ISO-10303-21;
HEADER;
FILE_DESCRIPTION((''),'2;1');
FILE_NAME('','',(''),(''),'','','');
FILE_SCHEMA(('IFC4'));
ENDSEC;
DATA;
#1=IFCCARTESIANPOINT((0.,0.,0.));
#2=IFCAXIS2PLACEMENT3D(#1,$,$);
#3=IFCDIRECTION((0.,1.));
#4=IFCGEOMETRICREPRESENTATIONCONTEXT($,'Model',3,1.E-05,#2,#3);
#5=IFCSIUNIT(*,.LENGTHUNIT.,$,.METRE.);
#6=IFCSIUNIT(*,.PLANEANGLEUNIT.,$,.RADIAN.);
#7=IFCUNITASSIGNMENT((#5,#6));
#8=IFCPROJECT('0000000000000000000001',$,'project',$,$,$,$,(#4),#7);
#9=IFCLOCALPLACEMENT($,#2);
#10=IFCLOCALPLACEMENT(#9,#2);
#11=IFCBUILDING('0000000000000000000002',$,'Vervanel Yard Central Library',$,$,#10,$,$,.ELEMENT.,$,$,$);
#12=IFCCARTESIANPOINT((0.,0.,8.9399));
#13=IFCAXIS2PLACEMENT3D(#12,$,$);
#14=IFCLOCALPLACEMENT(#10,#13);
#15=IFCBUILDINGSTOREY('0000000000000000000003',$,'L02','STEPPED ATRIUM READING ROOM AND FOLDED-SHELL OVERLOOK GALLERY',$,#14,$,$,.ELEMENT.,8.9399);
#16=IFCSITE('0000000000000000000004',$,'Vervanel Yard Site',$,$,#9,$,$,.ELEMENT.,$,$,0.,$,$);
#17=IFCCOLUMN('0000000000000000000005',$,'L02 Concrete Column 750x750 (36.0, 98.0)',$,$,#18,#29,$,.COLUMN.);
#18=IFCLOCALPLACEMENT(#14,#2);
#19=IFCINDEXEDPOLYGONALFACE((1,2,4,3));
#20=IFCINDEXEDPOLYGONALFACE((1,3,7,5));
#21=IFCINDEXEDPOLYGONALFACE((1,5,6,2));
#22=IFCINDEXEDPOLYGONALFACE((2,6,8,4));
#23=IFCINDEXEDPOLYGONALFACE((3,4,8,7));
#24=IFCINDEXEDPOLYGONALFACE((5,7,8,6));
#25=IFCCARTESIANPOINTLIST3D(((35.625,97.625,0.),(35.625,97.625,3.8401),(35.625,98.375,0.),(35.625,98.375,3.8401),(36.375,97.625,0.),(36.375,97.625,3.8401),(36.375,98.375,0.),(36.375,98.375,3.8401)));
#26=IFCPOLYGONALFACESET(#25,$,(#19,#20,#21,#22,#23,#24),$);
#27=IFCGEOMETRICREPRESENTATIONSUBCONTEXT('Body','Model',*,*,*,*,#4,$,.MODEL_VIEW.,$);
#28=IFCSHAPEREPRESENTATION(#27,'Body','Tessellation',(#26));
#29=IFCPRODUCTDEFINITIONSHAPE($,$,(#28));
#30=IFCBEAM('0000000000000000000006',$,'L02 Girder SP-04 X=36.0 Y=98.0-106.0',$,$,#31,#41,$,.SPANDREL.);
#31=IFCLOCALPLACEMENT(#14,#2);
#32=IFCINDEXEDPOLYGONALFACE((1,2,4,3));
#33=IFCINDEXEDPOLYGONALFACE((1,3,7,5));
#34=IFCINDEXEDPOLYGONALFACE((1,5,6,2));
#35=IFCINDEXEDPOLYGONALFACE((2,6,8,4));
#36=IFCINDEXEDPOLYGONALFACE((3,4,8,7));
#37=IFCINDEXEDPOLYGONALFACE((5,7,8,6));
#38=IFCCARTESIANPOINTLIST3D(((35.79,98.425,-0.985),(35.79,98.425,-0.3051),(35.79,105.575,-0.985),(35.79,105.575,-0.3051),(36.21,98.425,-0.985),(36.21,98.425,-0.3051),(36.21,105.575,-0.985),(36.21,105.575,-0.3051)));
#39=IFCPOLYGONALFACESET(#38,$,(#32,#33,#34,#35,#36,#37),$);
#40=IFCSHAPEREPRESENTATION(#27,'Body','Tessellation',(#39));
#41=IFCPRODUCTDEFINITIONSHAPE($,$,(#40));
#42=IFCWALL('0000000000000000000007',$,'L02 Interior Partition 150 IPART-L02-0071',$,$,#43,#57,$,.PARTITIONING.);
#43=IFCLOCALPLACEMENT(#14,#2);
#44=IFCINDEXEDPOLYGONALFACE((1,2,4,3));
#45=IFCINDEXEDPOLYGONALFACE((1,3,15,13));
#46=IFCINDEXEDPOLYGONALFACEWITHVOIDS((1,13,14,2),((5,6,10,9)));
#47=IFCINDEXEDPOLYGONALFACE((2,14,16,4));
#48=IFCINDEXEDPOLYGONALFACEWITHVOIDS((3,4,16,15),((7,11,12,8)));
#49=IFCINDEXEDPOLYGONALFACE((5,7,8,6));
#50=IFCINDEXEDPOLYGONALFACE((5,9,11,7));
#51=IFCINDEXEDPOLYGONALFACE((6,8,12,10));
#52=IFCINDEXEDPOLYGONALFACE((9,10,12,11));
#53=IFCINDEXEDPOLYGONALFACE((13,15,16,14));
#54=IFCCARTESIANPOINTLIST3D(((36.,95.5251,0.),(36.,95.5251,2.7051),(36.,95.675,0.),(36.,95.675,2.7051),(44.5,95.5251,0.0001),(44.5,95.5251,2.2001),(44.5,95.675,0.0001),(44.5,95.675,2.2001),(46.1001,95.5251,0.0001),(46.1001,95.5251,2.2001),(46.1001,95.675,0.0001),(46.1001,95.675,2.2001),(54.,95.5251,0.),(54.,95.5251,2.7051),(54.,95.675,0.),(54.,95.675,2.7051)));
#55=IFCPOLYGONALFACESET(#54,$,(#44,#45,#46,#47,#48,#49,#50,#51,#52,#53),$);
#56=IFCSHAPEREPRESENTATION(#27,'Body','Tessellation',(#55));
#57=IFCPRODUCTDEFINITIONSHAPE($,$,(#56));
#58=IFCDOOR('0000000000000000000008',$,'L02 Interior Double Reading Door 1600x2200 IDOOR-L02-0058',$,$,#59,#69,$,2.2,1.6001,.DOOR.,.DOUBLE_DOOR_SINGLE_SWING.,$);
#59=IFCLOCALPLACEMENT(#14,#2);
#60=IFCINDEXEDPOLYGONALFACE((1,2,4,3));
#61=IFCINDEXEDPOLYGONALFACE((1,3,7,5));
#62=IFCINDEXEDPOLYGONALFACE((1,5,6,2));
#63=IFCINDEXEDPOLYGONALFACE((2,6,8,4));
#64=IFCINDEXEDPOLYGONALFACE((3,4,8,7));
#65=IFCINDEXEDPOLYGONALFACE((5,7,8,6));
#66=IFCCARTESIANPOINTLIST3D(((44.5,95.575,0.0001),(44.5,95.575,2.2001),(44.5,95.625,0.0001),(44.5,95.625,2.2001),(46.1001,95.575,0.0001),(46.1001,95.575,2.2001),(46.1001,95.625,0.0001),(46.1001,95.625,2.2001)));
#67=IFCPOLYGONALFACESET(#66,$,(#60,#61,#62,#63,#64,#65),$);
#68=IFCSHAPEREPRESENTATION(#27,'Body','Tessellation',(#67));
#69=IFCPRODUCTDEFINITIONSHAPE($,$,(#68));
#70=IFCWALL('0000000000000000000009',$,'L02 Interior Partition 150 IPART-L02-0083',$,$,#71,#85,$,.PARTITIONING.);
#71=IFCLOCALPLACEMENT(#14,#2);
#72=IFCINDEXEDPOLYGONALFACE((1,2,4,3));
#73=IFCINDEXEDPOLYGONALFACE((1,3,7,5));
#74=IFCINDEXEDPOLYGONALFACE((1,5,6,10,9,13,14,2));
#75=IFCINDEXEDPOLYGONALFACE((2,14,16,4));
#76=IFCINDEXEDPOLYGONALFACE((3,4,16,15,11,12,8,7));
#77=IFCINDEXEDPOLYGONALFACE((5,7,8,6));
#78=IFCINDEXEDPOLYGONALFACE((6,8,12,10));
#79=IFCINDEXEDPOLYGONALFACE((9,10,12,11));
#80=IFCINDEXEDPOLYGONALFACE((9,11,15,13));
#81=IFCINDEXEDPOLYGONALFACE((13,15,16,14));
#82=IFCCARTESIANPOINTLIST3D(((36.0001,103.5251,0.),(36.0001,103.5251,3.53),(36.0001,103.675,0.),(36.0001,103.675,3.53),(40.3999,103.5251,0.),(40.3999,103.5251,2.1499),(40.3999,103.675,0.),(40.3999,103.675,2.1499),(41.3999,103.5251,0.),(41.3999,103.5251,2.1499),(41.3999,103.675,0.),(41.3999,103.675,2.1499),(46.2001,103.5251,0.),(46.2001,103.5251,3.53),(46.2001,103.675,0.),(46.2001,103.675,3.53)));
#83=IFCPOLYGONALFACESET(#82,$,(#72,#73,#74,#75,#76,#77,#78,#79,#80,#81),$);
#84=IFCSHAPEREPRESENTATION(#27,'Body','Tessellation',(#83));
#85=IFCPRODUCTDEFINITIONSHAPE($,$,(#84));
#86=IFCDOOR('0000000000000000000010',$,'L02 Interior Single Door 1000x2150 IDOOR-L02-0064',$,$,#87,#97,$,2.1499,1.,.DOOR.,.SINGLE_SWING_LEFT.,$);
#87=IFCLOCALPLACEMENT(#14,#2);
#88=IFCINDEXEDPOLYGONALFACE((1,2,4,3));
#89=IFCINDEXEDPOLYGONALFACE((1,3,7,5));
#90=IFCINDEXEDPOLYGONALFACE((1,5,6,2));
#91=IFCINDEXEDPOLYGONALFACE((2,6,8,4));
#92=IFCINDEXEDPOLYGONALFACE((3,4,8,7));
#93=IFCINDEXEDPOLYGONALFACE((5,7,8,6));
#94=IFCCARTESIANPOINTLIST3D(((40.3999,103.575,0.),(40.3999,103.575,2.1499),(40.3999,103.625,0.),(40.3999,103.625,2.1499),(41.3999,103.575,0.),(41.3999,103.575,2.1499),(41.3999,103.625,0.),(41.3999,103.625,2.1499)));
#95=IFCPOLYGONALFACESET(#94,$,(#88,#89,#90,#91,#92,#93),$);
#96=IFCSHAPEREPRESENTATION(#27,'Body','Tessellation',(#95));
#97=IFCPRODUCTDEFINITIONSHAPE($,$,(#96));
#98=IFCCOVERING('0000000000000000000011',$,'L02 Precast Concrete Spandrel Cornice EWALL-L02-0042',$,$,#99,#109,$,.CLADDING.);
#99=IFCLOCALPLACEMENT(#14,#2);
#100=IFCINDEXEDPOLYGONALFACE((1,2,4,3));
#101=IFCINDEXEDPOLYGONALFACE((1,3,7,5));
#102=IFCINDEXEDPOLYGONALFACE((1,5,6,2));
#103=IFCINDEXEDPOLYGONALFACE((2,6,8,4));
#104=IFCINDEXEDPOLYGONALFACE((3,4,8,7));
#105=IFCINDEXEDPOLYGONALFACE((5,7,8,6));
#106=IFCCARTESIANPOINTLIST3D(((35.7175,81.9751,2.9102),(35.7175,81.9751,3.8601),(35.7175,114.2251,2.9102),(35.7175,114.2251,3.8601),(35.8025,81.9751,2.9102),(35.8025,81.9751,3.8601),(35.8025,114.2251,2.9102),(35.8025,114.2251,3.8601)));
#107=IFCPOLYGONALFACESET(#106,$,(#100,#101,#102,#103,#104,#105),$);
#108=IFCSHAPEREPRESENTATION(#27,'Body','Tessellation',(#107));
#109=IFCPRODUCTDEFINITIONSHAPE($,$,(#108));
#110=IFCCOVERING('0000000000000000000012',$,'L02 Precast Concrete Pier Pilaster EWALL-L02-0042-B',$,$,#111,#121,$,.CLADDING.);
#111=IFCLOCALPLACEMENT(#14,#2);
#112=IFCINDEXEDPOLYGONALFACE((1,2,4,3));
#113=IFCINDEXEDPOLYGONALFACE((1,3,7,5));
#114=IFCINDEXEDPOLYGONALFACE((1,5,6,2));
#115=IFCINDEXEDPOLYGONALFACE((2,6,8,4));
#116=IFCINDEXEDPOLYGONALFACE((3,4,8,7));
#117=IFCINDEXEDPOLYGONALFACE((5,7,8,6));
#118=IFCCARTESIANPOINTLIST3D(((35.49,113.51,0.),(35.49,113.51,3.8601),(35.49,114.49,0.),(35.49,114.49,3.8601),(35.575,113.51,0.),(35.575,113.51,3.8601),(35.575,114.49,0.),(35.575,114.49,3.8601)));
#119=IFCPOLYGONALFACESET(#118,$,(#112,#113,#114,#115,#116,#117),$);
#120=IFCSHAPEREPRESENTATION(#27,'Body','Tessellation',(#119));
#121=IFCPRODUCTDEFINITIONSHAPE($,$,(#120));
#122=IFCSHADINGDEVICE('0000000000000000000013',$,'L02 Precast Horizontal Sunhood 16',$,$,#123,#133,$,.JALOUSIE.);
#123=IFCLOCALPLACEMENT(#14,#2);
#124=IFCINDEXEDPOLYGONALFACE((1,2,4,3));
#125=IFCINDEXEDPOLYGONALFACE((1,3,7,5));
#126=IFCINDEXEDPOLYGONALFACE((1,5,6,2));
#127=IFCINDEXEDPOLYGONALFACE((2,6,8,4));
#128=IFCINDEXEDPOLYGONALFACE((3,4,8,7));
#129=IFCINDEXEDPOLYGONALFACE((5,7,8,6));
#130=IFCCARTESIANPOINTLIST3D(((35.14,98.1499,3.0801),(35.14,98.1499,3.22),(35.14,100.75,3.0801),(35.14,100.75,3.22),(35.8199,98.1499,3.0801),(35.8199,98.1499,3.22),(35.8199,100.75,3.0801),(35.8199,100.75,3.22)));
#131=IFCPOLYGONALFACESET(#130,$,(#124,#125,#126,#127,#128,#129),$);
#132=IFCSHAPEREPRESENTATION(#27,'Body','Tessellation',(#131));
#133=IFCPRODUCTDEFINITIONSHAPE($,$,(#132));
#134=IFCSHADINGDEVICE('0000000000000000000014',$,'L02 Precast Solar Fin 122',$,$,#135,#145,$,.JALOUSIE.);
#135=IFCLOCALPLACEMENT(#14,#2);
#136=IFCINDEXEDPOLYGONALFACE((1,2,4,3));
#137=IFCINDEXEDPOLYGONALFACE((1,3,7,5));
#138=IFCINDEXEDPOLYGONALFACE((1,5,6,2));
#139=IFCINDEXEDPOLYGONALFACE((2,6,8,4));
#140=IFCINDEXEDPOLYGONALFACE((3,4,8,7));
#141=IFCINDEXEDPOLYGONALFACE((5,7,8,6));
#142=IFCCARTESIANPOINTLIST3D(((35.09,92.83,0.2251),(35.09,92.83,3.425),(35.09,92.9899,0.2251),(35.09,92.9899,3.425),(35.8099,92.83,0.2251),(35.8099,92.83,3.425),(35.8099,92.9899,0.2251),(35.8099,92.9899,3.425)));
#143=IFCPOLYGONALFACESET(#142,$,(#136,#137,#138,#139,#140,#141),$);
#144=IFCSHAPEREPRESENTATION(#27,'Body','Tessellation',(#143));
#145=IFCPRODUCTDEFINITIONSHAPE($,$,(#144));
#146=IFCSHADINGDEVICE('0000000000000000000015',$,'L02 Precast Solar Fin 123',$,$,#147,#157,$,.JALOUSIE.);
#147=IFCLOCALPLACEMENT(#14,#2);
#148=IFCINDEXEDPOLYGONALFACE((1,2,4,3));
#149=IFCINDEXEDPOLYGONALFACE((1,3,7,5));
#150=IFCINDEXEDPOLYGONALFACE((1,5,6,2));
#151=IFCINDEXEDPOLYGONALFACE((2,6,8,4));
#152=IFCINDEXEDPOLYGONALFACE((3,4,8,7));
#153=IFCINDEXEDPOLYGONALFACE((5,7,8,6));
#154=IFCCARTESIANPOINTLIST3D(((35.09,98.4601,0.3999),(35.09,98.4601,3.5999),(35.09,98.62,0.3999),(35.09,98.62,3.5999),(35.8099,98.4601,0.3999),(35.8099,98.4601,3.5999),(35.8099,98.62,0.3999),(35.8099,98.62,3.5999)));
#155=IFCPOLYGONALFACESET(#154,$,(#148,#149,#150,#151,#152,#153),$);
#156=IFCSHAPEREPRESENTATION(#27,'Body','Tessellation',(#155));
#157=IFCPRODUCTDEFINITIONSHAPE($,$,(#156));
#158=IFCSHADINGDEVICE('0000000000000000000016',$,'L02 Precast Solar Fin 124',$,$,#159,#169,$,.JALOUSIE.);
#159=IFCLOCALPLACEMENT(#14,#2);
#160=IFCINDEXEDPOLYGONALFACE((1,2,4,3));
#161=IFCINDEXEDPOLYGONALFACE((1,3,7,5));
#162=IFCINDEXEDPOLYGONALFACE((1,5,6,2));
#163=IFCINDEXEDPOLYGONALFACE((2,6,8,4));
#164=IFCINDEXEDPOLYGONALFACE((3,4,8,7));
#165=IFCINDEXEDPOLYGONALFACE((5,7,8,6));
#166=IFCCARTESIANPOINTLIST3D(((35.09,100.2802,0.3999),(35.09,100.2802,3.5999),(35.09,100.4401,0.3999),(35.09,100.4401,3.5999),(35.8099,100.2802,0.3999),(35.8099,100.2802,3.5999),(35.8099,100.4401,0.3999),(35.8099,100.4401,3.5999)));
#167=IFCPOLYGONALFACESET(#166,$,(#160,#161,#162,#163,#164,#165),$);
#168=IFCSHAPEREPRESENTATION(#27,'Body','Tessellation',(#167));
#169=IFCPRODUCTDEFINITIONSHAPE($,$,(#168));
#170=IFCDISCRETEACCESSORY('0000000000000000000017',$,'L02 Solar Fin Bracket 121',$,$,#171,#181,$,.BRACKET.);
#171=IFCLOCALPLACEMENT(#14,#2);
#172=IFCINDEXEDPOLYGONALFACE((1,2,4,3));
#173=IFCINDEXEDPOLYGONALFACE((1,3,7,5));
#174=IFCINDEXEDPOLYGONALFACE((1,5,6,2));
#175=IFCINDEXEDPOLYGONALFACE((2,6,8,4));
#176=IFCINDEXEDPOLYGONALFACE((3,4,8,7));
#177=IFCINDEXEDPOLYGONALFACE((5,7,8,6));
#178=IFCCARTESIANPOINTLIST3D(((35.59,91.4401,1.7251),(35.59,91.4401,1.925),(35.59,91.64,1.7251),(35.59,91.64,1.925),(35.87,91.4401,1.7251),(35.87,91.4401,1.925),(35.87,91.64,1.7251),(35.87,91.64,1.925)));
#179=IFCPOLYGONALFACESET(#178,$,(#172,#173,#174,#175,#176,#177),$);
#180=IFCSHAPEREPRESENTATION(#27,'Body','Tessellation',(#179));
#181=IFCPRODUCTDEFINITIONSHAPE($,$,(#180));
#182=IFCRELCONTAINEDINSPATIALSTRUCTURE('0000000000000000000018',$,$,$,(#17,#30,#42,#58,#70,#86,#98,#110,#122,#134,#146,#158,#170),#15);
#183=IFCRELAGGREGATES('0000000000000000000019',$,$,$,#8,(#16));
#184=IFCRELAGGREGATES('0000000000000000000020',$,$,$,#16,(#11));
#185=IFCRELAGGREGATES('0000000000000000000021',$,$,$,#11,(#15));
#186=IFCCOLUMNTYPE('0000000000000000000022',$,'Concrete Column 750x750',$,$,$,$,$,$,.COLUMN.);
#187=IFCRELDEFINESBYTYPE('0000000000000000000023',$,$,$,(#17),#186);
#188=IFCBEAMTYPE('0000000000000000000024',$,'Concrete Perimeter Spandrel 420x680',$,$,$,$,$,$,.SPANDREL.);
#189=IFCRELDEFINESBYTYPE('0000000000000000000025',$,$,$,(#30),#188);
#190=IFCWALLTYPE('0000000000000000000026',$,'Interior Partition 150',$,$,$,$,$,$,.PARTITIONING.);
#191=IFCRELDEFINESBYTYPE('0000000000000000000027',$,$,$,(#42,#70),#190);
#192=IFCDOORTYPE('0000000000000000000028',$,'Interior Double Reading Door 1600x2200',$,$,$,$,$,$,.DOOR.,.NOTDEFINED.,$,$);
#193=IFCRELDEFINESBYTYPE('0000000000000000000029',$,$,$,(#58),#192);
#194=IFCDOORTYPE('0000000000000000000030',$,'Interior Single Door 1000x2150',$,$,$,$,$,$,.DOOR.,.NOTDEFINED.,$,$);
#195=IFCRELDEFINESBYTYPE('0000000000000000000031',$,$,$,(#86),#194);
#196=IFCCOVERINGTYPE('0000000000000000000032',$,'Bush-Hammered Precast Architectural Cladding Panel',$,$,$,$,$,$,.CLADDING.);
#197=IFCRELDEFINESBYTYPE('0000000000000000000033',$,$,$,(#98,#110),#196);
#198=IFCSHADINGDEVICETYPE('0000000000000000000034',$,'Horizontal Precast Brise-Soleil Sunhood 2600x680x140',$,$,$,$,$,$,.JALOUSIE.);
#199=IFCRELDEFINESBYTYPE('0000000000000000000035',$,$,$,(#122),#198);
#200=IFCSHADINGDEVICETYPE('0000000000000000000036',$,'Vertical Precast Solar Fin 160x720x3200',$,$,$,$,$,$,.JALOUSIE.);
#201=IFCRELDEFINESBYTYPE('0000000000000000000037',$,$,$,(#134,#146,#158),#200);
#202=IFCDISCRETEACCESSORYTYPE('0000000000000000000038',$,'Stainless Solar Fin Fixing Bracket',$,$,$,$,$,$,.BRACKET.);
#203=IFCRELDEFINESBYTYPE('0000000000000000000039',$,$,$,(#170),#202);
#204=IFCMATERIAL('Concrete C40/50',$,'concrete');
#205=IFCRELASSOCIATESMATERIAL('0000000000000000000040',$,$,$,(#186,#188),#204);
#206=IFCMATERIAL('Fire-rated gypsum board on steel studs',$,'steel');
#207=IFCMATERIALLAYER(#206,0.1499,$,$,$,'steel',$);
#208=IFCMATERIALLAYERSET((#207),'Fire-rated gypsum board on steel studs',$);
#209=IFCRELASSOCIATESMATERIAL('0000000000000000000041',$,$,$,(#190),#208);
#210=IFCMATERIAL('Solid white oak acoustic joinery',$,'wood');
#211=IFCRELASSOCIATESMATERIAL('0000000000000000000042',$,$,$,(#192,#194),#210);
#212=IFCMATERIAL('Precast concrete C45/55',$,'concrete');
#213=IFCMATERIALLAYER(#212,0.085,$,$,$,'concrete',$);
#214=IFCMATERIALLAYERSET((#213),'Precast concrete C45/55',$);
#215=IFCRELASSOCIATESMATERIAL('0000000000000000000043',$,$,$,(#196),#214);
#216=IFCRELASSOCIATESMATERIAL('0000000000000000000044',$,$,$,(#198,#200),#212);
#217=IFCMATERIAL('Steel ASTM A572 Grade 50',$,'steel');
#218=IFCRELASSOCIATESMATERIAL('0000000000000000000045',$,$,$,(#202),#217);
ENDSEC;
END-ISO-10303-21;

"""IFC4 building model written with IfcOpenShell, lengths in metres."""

from ifc_helpers import new_model, si_unit, direction, frame, frame_2d, origin, origin_2d, place, context, subcontext, project, spatial, rectangle, extrude, material, layer, layer_set, material_profile, profile_set, type_object, element, fill, save


model = new_model("IFC4")

# Units and contexts
model_context = context("Model", 3, precision=1e-05, world=origin(), true_north=direction((0.0, 1.0)))
body_context = subcontext(model_context, "Body", "Model", "MODEL_VIEW")
ifc_project = project(units=[si_unit("LENGTHUNIT", "METRE"), si_unit("PLANEANGLEUNIT", "RADIAN")], contexts=[model_context])

# Site, building, storey
site_placement = place(None, origin())
site = spatial("IfcSite", under=ifc_project, at=site_placement, Name="Vervanel Yard Site", CompositionType="ELEMENT", RefElevation=0.0)
building_placement = place(site_placement, origin())
building = spatial("IfcBuilding", under=site, at=building_placement, Name="Vervanel Yard Central Library", CompositionType="ELEMENT")
storey_placement = place(building_placement, frame((0.0, 0.0, 8.9399)))
storey = spatial("IfcBuildingStorey", under=building, at=storey_placement, Name="L02", Description="STEPPED ATRIUM READING ROOM AND FOLDED-SHELL OVERLOOK GALLERY", CompositionType="ELEMENT", Elevation=8.9399)

# Column
ifc_material_1 = material(Name="Concrete C40/50", Category="concrete")
ifc_material_profile_1 = material_profile(ifc_material_1, rectangle(XDim=0.75, YDim=0.75, at=origin_2d()), Name="RC 750x750", Category="concrete")
ifc_profile_set_1 = profile_set([ifc_material_profile_1], Name="Concrete C40/50")
column_type = type_object("IfcColumnType", Name="Concrete Column 750x750", PredefinedType="COLUMN", material=ifc_profile_set_1)
column_placement = place(storey_placement, frame((36.0, 98.0, 0.0), z_axis=(0.0, 0.0, 1.0), x_axis=(1.0, 0.0, 0.0)))
element("IfcColumn", 1, at=column_placement, inside=storey, type_object=column_type, Name="L02 Concrete Column 750x750 (36.0, 98.0)", PredefinedType="COLUMN", context=body_context, shape_type="SweptSolid", body=[
    extrude(rectangle(XDim=0.75, YDim=0.75, at=origin_2d()), origin(), (0.0, 0.0, 1.0), 3.8401),
])

# Beam
ifc_material_profile_2 = material_profile(ifc_material_1, rectangle(XDim=0.4199, YDim=0.6799, at=origin_2d()), Name="RC 420x680", Category="concrete")
ifc_profile_set_2 = profile_set([ifc_material_profile_2], Name="Concrete C40/50")
beam_type = type_object("IfcBeamType", Name="Concrete Perimeter Spandrel 420x680", PredefinedType="SPANDREL", material=ifc_profile_set_2)
beam_placement = place(storey_placement, frame((36.0, 98.425, -0.645), z_axis=(0.0, 1.0, 0.0), x_axis=(-1.0, 0.0, 0.0)))
element("IfcBeam", 2, at=beam_placement, inside=storey, type_object=beam_type, Name="L02 Girder SP-04 X=36.0 Y=98.0-106.0", PredefinedType="SPANDREL", context=body_context, shape_type="SweptSolid", body=[
    extrude(rectangle(XDim=0.4199, YDim=0.6799, at=origin_2d()), origin(), (0.0, 0.0, 1.0), 7.1499),
])

# Walls, openings, doors
ifc_material_2 = material(Name="Fire-rated gypsum board on steel studs", Category="steel")
ifc_layer_1 = layer(ifc_material_2, 0.1499, Category="steel")
ifc_layer_set_1 = layer_set([ifc_layer_1], Name="Fire-rated gypsum board on steel studs")
wall_type = type_object("IfcWallType", Name="Interior Partition 150", PredefinedType="PARTITIONING", material=ifc_layer_set_1)
wall_1_placement = place(storey_placement, frame((36.0, 95.6001, 0.0), z_axis=(0.0, 0.0, 1.0), x_axis=(1.0, 0.0, 0.0)))
wall_1 = element("IfcWall", 3, at=wall_1_placement, inside=storey, type_object=wall_type, Name="L02 Interior Partition 150 IPART-L02-0071", PredefinedType="PARTITIONING", context=body_context, shape_type="SweptSolid", body=[
    extrude(rectangle(XDim=18.0, YDim=0.1499, at=frame_2d((9.0, 0.0))), origin(), (0.0, 0.0, 1.0), 2.7051),
])
opening_1_placement = place(wall_1_placement, frame((8.5, 0.0, 0.0)))
opening_1 = element("IfcOpeningElement", 4, at=opening_1_placement, cuts=wall_1, PredefinedType="OPENING", context=body_context, shape_type="SweptSolid", body=[
    extrude(rectangle(XDim=1.6001, YDim=2.2, at=frame_2d((0.8, 1.1001))), frame((0.0, 0.085, 0.0), z_axis=(0.0, -1.0, 0.0), x_axis=(1.0, 0.0, 0.0)), (0.0, 0.0, 1.0), 0.1699),
])
ifc_material_3 = material(Name="Solid white oak acoustic joinery", Category="wood")
door_type_1 = type_object("IfcDoorType", Name="Interior Double Reading Door 1600x2200", OperationType="NOTDEFINED", PredefinedType="DOOR", material=ifc_material_3)
door_1_placement = place(opening_1_placement, origin())
door_1 = element("IfcDoor", 5, at=door_1_placement, inside=storey, type_object=door_type_1, Name="L02 Interior Double Reading Door 1600x2200 IDOOR-L02-0058", OperationType="DOUBLE_DOOR_SINGLE_SWING", OverallHeight=2.2, OverallWidth=1.6001, PredefinedType="DOOR", context=body_context, shape_type="SweptSolid", body=[
    extrude(rectangle(XDim=1.6001, YDim=2.2, at=frame_2d((0.8, 1.1001))), frame((0.0, 0.0249, 0.0), z_axis=(0.0, -1.0, 0.0), x_axis=(1.0, 0.0, 0.0)), (0.0, 0.0, 1.0), 0.05),
])
fill(opening_1, door_1)
wall_2_placement = place(storey_placement, frame((36.0, 103.6001, 0.0), z_axis=(0.0, 0.0, 1.0), x_axis=(1.0, 0.0, 0.0)))
wall_2 = element("IfcWall", 6, at=wall_2_placement, inside=storey, type_object=wall_type, Name="L02 Interior Partition 150 IPART-L02-0083", PredefinedType="PARTITIONING", context=body_context, shape_type="SweptSolid", body=[
    extrude(rectangle(XDim=10.2, YDim=0.1499, at=frame_2d((5.1001, 0.0))), origin(), (0.0, 0.0, 1.0), 3.53),
])
opening_2_placement = place(wall_2_placement, frame((4.3999, 0.0, 0.0)))
opening_2 = element("IfcOpeningElement", 7, at=opening_2_placement, cuts=wall_2, PredefinedType="OPENING", context=body_context, shape_type="SweptSolid", body=[
    extrude(rectangle(XDim=1.0, YDim=2.1499, at=frame_2d((0.5, 1.075))), frame((0.0, 0.085, 0.0), z_axis=(0.0, -1.0, 0.0), x_axis=(1.0, 0.0, 0.0)), (0.0, 0.0, 1.0), 0.1699),
])
door_type_2 = type_object("IfcDoorType", Name="Interior Single Door 1000x2150", OperationType="NOTDEFINED", PredefinedType="DOOR", material=ifc_material_3)
door_2_placement = place(opening_2_placement, origin())
door_2 = element("IfcDoor", 8, at=door_2_placement, inside=storey, type_object=door_type_2, Name="L02 Interior Single Door 1000x2150 IDOOR-L02-0064", OperationType="SINGLE_SWING_LEFT", OverallHeight=2.1499, OverallWidth=1.0, PredefinedType="DOOR", context=body_context, shape_type="SweptSolid", body=[
    extrude(rectangle(XDim=1.0, YDim=2.1499, at=frame_2d((0.5, 1.075))), frame((0.0, 0.0249, 0.0), z_axis=(0.0, -1.0, 0.0), x_axis=(1.0, 0.0, 0.0)), (0.0, 0.0, 1.0), 0.05),
])
fill(opening_2, door_2)

# Coverings
ifc_material_4 = material(Name="Precast concrete C45/55", Category="concrete")
ifc_layer_2 = layer(ifc_material_4, 0.085, Category="concrete")
ifc_layer_set_2 = layer_set([ifc_layer_2], Name="Precast concrete C45/55")
covering_type = type_object("IfcCoveringType", Name="Bush-Hammered Precast Architectural Cladding Panel", PredefinedType="CLADDING", material=ifc_layer_set_2)
covering_1_placement = place(storey_placement, frame((35.76, 98.1001, 2.9102), z_axis=(0.0, 0.0, 1.0), x_axis=(0.0, 1.0, 0.0)))
element("IfcCovering", 9, at=covering_1_placement, inside=storey, type_object=covering_type, Name="L02 Precast Concrete Spandrel Cornice EWALL-L02-0042", PredefinedType="CLADDING", context=body_context, shape_type="SweptSolid", body=[
    extrude(rectangle(XDim=32.25, YDim=0.085, at=origin_2d()), origin(), (0.0, 0.0, 1.0), 0.95),
])
covering_2_placement = place(storey_placement, frame((35.5325, 114.0, 0.0), z_axis=(0.0, 0.0, 1.0), x_axis=(0.0, 1.0, 0.0)))
element("IfcCovering", 10, at=covering_2_placement, inside=storey, type_object=covering_type, Name="L02 Precast Concrete Pier Pilaster EWALL-L02-0042-B", PredefinedType="CLADDING", context=body_context, shape_type="SweptSolid", body=[
    extrude(rectangle(XDim=0.98, YDim=0.085, at=origin_2d()), origin(), (0.0, 0.0, 1.0), 3.8601),
])

# Shading devices
shading_device_type_1 = type_object("IfcShadingDeviceType", Name="Horizontal Precast Brise-Soleil Sunhood 2600x680x140", PredefinedType="JALOUSIE", material=ifc_material_4)
shading_device_placement = place(storey_placement, frame((35.48, 99.45, 3.0801), z_axis=(0.0, 0.0, 1.0), x_axis=(0.0, 1.0, 0.0)))
element("IfcShadingDevice", 11, at=shading_device_placement, inside=storey, type_object=shading_device_type_1, Name="L02 Precast Horizontal Sunhood 16", PredefinedType="JALOUSIE", context=body_context, shape_type="SweptSolid", body=[
    extrude(rectangle(XDim=2.6001, YDim=0.6799, at=origin_2d()), origin(), (0.0, 0.0, 1.0), 0.1399),
])
shading_device_type_2 = type_object("IfcShadingDeviceType", Name="Vertical Precast Solar Fin 160x720x3200", PredefinedType="JALOUSIE", material=ifc_material_4)
for number, where, z_axis, x_axis, name in (
    (12, (35.45, 92.9099, 0.2251), (0.0, 0.0, 1.0), (0.0, 1.0, 0.0), "L02 Precast Solar Fin 122"),
    (13, (35.45, 98.54, 0.3999), (0.0, 0.0, 1.0), (0.0, 1.0, 0.0), "L02 Precast Solar Fin 123"),
    (14, (35.45, 100.3601, 0.3999), (0.0, 0.0, 1.0), (0.0, 1.0, 0.0), "L02 Precast Solar Fin 124"),
):
    element("IfcShadingDevice", number, at=place(storey_placement, frame(where, z_axis=z_axis, x_axis=x_axis)), inside=storey, type_object=shading_device_type_2, Name=name, PredefinedType="JALOUSIE", context=body_context, shape_type="SweptSolid", body=[
        extrude(rectangle(XDim=0.1599, YDim=0.72, at=origin_2d()), origin(), (0.0, 0.0, 1.0), 3.2),
    ])

# Discrete accessory
ifc_material_5 = material(Name="Steel ASTM A572 Grade 50", Category="steel")
discrete_accessory_type = type_object("IfcDiscreteAccessoryType", Name="Stainless Solar Fin Fixing Bracket", PredefinedType="BRACKET", material=ifc_material_5)
for number, where, z_axis, x_axis, name in (
    (15, (35.73, 91.54, 1.7251), (0.0, 0.0, 1.0), (0.0, 1.0, 0.0), "L02 Solar Fin Bracket 121"),
):
    element("IfcDiscreteAccessory", number, at=place(storey_placement, frame(where, z_axis=z_axis, x_axis=x_axis)), inside=storey, type_object=discrete_accessory_type, Name=name, PredefinedType="BRACKET", context=body_context, shape_type="SweptSolid", body=[
        extrude(rectangle(XDim=0.2, YDim=0.28, at=origin_2d()), origin(), (0.0, 0.0, 1.0), 0.2),
    ])

save(model, "model.ifc")
